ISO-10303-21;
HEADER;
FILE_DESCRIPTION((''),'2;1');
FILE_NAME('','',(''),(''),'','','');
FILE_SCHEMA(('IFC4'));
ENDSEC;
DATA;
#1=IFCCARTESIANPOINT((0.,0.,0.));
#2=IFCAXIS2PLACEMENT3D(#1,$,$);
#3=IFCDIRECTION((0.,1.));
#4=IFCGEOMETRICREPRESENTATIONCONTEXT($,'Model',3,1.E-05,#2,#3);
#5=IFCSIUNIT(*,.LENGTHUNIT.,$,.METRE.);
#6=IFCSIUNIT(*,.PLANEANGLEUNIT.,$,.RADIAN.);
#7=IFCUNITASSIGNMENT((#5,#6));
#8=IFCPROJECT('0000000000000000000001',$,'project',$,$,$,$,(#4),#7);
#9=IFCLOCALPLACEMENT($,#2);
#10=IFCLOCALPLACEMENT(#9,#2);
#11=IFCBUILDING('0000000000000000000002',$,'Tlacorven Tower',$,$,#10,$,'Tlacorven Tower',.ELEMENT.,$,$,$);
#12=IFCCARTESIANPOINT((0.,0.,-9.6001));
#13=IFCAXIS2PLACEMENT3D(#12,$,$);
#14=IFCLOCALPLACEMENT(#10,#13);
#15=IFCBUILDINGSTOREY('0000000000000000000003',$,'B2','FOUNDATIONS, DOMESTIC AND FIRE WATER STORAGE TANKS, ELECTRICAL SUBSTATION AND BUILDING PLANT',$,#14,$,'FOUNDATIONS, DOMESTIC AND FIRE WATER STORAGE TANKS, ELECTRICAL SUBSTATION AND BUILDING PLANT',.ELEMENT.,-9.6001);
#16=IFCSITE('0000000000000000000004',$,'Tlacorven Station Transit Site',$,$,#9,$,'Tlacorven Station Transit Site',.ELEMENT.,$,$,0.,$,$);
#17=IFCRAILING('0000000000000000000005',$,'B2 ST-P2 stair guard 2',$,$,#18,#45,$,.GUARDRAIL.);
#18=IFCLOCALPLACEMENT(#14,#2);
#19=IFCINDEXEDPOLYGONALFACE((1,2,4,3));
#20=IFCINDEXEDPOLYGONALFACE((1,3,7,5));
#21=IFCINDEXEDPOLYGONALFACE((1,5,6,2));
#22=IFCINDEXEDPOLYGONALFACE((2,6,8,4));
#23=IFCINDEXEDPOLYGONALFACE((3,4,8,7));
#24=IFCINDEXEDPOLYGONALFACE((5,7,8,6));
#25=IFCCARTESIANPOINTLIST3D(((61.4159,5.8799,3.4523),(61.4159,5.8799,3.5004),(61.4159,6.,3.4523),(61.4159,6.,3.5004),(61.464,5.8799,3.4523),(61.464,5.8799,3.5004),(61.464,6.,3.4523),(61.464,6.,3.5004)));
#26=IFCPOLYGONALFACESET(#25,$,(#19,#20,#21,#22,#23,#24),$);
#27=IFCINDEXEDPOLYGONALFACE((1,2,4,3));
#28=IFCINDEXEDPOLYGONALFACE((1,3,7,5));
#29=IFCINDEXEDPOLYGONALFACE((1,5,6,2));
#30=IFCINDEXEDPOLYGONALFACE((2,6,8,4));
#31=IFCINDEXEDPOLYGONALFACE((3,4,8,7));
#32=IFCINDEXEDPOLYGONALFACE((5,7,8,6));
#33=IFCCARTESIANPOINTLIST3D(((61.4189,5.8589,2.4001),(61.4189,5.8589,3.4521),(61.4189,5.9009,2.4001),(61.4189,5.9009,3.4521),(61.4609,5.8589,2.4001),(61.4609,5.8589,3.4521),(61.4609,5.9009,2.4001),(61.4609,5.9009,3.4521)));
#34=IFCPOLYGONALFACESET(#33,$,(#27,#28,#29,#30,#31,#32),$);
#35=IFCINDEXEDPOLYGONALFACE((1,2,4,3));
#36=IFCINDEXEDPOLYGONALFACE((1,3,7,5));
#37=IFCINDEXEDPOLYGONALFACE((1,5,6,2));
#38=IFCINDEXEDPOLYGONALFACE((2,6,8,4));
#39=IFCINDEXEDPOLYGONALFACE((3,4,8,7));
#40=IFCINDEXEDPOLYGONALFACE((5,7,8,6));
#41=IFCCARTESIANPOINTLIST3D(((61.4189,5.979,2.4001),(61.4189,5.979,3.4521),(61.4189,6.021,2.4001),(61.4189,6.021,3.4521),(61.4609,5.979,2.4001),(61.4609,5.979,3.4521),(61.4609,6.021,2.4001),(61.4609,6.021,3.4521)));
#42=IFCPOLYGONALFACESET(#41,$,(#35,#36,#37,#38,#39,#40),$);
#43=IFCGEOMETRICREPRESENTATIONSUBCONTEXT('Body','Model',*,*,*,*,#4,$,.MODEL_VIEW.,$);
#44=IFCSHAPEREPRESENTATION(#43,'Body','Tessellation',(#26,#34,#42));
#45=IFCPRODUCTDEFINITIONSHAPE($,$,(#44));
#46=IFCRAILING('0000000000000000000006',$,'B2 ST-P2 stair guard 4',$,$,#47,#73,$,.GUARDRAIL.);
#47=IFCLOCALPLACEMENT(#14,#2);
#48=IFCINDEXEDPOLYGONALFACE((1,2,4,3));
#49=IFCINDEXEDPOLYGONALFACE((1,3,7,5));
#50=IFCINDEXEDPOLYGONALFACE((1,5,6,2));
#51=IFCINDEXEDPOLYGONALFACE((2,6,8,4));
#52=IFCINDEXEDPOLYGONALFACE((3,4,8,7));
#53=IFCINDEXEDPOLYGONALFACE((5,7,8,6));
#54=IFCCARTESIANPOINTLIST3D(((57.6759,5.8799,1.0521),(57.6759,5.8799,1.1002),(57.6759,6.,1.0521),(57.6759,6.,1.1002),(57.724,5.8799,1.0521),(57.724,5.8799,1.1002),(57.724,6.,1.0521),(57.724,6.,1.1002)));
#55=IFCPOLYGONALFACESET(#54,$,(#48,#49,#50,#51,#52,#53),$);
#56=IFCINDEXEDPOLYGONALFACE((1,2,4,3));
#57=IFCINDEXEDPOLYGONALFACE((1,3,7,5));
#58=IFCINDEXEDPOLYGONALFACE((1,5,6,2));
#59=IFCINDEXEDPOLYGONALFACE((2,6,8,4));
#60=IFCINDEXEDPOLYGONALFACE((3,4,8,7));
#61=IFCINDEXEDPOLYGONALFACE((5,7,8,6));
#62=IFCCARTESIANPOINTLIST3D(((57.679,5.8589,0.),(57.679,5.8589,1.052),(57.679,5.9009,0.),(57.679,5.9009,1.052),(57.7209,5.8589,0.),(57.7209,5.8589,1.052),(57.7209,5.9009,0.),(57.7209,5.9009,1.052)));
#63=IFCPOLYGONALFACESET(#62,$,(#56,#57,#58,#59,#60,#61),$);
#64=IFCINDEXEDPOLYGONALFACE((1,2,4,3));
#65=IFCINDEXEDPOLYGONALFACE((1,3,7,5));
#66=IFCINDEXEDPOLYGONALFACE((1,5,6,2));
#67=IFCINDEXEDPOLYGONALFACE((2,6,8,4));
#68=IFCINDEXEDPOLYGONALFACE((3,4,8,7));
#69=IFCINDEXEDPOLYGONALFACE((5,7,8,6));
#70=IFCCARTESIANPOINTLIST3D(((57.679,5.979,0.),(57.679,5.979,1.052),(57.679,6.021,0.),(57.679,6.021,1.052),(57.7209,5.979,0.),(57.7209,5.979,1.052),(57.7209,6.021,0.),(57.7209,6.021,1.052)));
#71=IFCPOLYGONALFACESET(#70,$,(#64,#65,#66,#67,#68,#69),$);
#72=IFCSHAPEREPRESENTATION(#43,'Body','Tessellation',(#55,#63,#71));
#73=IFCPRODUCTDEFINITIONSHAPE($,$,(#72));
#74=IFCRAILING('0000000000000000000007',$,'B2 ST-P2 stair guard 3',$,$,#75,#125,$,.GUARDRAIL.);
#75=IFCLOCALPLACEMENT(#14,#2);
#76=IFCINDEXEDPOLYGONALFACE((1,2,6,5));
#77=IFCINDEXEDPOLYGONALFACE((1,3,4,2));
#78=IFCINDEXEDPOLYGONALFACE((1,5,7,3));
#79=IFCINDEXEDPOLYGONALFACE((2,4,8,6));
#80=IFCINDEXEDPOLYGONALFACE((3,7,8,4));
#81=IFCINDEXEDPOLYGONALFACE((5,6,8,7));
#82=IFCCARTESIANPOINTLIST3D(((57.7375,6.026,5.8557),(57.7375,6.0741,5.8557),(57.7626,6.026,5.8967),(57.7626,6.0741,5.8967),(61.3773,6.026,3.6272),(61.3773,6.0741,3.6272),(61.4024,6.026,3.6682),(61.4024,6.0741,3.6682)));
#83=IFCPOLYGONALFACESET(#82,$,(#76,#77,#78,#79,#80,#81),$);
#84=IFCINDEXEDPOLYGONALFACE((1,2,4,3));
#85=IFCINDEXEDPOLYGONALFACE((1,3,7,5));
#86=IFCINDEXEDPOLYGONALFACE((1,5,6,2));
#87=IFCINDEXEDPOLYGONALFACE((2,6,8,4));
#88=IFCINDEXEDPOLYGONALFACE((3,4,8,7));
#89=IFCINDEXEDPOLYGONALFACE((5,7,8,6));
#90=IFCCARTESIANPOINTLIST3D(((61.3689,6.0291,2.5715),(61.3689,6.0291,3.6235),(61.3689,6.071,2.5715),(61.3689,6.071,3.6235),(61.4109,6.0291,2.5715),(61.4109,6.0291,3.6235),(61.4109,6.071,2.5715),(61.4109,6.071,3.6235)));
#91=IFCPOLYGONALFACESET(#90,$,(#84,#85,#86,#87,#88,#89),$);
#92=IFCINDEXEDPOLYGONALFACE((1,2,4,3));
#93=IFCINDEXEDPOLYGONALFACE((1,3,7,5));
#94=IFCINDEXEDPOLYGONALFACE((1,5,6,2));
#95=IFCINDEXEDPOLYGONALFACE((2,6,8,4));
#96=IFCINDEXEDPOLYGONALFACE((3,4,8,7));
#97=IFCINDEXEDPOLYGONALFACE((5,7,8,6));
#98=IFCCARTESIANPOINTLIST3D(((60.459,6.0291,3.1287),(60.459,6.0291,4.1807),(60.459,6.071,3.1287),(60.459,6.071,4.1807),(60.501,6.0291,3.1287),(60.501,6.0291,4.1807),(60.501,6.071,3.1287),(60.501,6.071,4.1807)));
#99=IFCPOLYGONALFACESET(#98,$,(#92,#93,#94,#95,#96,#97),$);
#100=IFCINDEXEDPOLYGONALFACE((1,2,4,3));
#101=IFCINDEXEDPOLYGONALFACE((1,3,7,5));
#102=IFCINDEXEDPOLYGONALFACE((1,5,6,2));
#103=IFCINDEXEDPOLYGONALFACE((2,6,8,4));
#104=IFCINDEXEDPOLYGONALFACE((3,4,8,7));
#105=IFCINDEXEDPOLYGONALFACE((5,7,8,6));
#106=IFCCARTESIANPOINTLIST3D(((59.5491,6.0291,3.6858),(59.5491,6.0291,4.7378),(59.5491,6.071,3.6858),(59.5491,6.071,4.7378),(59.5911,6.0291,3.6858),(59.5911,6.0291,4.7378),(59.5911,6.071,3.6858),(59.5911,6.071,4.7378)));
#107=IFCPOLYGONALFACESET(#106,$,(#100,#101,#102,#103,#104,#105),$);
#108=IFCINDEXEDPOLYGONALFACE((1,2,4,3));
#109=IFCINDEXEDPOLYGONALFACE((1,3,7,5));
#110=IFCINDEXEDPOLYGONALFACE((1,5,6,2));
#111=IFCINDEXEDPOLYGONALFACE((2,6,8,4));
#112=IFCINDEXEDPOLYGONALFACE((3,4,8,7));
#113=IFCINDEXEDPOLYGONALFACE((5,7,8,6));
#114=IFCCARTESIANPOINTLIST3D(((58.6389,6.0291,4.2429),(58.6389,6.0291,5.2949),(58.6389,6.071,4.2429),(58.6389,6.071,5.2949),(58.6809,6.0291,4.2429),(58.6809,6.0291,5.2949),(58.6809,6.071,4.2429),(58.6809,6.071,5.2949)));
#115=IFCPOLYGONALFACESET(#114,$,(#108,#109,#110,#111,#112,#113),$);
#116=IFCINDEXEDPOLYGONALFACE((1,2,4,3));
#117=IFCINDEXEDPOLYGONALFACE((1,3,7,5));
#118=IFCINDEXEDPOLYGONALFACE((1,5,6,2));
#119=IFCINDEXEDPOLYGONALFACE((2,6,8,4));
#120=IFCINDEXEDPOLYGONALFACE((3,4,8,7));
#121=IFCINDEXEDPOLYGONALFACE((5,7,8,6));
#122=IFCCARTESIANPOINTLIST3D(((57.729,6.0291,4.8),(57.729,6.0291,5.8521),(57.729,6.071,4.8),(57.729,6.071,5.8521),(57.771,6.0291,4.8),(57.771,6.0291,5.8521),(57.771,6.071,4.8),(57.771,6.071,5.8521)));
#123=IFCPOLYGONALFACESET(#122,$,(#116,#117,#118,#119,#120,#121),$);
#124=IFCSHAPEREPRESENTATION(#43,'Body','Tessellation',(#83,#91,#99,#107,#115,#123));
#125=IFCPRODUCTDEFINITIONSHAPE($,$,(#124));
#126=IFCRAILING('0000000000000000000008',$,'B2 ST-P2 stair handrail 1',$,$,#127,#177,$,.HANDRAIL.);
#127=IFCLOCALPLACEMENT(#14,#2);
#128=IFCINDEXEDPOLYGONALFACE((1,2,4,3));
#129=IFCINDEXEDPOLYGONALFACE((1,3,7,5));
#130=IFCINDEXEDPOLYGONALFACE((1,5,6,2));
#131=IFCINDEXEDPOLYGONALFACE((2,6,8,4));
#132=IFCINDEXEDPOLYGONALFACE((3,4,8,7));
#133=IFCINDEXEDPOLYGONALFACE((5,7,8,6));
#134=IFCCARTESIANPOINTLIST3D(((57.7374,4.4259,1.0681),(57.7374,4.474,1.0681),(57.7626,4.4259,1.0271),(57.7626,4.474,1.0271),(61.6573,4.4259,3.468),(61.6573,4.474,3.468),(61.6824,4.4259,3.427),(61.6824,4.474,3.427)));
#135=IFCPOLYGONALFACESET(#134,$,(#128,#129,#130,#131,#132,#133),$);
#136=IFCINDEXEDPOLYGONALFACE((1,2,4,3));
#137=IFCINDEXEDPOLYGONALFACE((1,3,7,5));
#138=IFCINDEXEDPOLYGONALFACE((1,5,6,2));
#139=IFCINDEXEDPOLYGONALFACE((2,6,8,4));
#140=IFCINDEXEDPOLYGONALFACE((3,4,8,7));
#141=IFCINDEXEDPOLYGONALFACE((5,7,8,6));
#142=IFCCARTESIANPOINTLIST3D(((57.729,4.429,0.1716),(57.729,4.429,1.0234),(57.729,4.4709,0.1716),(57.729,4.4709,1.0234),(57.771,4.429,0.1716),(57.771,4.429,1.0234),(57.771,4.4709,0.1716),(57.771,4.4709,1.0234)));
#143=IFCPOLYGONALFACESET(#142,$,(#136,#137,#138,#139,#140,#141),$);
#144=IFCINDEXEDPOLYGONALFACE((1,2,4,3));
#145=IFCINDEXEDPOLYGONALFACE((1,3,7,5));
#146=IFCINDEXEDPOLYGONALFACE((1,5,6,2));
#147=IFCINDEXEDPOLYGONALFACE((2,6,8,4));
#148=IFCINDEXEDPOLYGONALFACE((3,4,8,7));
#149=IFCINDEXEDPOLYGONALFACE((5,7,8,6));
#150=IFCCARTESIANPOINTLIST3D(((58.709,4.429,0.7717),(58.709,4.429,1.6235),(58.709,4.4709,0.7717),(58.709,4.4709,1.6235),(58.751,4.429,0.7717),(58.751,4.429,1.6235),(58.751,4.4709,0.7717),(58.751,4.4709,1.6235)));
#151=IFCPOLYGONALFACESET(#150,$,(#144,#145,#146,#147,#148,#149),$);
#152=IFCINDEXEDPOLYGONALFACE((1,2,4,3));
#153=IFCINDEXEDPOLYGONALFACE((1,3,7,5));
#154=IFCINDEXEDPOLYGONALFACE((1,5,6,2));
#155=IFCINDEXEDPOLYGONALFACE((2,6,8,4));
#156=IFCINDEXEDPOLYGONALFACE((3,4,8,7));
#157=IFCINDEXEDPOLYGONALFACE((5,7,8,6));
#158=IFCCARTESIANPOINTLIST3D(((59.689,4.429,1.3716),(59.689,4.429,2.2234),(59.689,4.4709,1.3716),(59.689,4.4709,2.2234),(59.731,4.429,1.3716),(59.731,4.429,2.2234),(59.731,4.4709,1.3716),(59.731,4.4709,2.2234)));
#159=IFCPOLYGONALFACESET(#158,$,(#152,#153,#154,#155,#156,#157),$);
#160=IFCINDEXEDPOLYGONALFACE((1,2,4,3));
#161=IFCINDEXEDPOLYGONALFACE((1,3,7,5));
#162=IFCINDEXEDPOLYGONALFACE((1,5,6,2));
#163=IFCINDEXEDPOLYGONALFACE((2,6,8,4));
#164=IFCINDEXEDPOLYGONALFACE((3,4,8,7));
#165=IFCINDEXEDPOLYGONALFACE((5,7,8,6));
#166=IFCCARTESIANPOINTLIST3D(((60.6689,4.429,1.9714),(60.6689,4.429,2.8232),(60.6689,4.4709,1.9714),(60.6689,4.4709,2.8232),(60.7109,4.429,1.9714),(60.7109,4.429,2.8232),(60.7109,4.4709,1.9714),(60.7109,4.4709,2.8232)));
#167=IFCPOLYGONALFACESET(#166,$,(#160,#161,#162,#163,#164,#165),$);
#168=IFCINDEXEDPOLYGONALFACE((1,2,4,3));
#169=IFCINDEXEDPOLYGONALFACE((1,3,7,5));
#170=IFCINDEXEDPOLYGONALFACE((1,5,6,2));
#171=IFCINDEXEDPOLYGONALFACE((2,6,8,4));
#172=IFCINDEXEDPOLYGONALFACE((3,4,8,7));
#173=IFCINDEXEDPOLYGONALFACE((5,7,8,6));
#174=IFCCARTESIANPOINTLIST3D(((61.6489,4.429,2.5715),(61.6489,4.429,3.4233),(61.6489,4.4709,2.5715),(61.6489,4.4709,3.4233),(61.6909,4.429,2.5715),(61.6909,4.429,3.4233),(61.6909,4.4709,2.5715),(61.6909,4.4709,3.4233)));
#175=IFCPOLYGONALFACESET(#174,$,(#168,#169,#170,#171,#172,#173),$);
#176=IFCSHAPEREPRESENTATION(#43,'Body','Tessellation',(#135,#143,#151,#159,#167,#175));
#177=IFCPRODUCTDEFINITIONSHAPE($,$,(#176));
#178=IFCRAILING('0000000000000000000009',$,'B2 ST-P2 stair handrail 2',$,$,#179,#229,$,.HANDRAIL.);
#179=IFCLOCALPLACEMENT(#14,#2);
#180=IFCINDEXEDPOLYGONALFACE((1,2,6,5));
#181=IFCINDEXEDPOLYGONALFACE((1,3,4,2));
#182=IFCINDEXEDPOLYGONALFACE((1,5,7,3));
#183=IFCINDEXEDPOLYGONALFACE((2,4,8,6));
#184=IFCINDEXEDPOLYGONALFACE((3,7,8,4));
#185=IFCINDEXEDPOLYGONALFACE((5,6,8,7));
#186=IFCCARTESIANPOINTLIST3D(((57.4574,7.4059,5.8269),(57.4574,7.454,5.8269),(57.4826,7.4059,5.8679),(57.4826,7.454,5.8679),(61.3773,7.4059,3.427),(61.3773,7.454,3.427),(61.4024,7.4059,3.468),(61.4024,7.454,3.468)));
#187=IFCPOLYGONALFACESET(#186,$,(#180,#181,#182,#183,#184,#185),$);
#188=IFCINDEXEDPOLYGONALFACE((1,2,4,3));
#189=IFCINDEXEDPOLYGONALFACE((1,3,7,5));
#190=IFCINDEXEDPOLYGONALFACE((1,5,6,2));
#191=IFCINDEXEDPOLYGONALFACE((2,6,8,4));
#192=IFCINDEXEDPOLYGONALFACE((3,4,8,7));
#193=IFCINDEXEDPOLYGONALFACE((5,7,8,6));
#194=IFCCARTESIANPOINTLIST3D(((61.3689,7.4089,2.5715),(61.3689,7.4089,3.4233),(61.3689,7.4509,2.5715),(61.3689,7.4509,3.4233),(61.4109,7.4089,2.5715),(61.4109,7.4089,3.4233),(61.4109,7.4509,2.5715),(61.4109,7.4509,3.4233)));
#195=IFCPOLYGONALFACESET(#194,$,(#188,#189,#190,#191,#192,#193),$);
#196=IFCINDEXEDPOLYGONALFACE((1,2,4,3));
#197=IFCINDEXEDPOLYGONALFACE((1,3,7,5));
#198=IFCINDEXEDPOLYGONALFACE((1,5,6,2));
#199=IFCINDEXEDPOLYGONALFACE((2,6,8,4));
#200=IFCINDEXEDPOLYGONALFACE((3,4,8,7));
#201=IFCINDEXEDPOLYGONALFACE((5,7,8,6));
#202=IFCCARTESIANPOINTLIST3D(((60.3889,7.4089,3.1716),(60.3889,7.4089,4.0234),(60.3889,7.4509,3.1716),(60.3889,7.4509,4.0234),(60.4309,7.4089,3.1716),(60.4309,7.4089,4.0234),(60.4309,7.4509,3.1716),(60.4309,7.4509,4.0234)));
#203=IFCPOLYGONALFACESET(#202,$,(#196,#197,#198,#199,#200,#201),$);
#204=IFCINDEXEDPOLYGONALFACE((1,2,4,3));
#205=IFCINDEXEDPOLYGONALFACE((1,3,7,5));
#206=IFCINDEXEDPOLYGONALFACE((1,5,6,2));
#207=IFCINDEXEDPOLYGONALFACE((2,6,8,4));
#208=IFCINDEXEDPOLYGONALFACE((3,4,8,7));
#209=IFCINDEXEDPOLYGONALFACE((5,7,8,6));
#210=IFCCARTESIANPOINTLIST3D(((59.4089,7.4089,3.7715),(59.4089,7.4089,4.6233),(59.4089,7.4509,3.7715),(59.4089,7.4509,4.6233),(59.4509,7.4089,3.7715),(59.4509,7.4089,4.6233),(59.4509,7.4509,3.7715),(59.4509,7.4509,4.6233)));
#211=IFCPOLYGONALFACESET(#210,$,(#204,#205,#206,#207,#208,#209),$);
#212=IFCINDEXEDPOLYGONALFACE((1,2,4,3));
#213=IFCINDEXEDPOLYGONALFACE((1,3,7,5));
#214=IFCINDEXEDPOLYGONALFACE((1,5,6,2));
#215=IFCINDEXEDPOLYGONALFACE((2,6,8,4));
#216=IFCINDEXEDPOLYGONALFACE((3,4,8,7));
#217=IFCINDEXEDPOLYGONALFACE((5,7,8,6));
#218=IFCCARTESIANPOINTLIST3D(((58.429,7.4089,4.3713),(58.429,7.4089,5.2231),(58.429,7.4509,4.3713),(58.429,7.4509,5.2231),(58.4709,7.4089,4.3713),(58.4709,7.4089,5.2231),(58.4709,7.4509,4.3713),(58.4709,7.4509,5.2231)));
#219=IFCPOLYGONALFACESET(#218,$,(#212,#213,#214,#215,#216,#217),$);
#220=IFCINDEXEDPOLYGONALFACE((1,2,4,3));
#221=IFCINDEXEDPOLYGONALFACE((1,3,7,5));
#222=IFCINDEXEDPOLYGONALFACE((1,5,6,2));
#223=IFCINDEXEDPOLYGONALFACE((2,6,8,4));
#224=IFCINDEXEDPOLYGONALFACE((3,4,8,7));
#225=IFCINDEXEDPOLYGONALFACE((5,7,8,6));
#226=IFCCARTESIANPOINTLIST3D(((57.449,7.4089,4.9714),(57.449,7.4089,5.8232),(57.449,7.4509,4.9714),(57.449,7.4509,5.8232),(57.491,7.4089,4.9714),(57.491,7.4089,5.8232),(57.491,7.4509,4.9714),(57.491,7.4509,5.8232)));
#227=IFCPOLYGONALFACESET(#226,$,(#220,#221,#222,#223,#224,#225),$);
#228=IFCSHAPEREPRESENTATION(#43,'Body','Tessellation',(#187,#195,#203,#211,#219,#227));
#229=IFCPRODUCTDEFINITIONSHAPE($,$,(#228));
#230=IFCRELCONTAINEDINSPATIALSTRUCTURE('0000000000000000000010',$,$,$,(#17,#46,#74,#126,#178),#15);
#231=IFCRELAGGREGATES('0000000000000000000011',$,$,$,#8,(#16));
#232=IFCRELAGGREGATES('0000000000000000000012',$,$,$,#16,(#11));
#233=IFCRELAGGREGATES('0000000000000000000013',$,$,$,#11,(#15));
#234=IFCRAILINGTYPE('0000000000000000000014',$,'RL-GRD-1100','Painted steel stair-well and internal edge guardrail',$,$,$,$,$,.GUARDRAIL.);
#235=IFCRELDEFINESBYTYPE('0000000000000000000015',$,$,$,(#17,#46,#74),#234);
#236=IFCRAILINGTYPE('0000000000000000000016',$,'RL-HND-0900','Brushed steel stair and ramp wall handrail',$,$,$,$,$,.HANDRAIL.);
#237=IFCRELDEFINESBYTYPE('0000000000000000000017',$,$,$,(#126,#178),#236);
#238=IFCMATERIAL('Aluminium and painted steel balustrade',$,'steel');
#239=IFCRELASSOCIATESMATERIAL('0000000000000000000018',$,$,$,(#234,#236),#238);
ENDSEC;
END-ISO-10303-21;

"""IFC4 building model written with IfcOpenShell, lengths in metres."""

from ifc_helpers import new_model, si_unit, direction, frame, origin, origin_2d, place, context, subcontext, project, spatial, rectangle, extrude, source, transform, mapped, material, type_object, element, save


model = new_model("IFC4")

# Units and contexts
model_context = context("Model", 3, precision=1e-05, world=origin(), true_north=direction((0.0, 1.0)))
body_context = subcontext(model_context, "Body", "Model", "MODEL_VIEW")
ifc_project = project(units=[si_unit("LENGTHUNIT", "METRE"), si_unit("PLANEANGLEUNIT", "RADIAN")], contexts=[model_context])

# Site, building, storey
site_placement = place(None, origin())
site = spatial("IfcSite", under=ifc_project, at=site_placement, Name="Tlacorven Station Transit Site", LongName="Tlacorven Station Transit Site", CompositionType="ELEMENT", RefElevation=0.0)
building_placement = place(site_placement, origin())
building = spatial("IfcBuilding", under=site, at=building_placement, Name="Tlacorven Tower", LongName="Tlacorven Tower", CompositionType="ELEMENT")
storey_placement = place(building_placement, frame((0.0, 0.0, -9.6001)))
storey = spatial("IfcBuildingStorey", under=building, at=storey_placement, Name="B2", Description="FOUNDATIONS, DOMESTIC AND FIRE WATER STORAGE TANKS, ELECTRICAL SUBSTATION AND BUILDING PLANT", LongName="FOUNDATIONS, DOMESTIC AND FIRE WATER STORAGE TANKS, ELECTRICAL SUBSTATION AND BUILDING PLANT", CompositionType="ELEMENT", Elevation=-9.6001)

# Railings
ifc_material_1 = material(Name="Aluminium and painted steel balustrade", Category="steel")
railing_type_1 = type_object("IfcRailingType", Name="RL-GRD-1100", Description="Painted steel stair-well and internal edge guardrail", PredefinedType="GUARDRAIL", material=ifc_material_1)
railing_type_2 = type_object("IfcRailingType", Name="RL-HND-0900", Description="Brushed steel stair and ramp wall handrail", PredefinedType="HANDRAIL", material=ifc_material_1)
shared_shape_1 = source(origin(), body_context, "Body", "SweptSolid", [
    extrude(rectangle(XDim=0.0481, YDim=0.0481, at=origin_2d()), frame((0.0, 0.0, 1.0762), z_axis=(0.0, 1.0, 0.0), x_axis=(-1.0, 0.0, 0.0)), (0.0, 0.0, 1.0), 0.1201),
    extrude(rectangle(XDim=0.042, YDim=0.042, at=origin_2d()), origin(), (0.0, 0.0, 1.0), 1.052),
    extrude(rectangle(XDim=0.042, YDim=0.042, at=origin_2d()), frame((0.0, 0.1201, 0.0)), (0.0, 0.0, 1.0), 1.052),
])
for number, where, name in (
    (1, (61.4399, 5.8799, 2.4001), "B2 ST-P2 stair guard 2"),
    (2, (57.7, 5.8799, 0.0), "B2 ST-P2 stair guard 4"),
):
    element("IfcRailing", number, at=place(storey_placement, frame(where)), inside=storey, type_object=railing_type_1, Name=name, PredefinedType="GUARDRAIL", context=body_context, shape_type="MappedRepresentation", body=[
        mapped(shared_shape_1, transform((0.0, 0.0, 0.0), scale=1.0)),
    ])
shared_shape_2 = source(origin(), body_context, "Body", "SweptSolid", [
    extrude(rectangle(XDim=0.0481, YDim=0.0481, at=origin_2d()), frame((0.0, 0.0, 1.0762), z_axis=(-0.85285, 0.0, 0.522156), x_axis=(0.0, -1.0, 0.0)), (0.0, 0.0, 1.0), 4.2678),
    extrude(rectangle(XDim=0.042, YDim=0.042, at=origin_2d()), origin(), (0.0, 0.0, 1.0), 1.052),
    extrude(rectangle(XDim=0.042, YDim=0.042, at=origin_2d()), frame((-0.9099, 0.0, 0.5571)), (0.0, 0.0, 1.0), 1.052),
    extrude(rectangle(XDim=0.042, YDim=0.042, at=origin_2d()), frame((-1.8198, 0.0, 1.1143)), (0.0, 0.0, 1.0), 1.052),
    extrude(rectangle(XDim=0.042, YDim=0.042, at=origin_2d()), frame((-2.73, 0.0, 1.6714)), (0.0, 0.0, 1.0), 1.052),
    extrude(rectangle(XDim=0.042, YDim=0.042, at=origin_2d()), frame((-3.6399, 0.0, 2.2285)), (0.0, 0.0, 1.0), 1.052),
])
railing_1_placement = place(storey_placement, frame((61.3899, 6.05, 2.5715)))
element("IfcRailing", 3, at=railing_1_placement, inside=storey, type_object=railing_type_1, Name="B2 ST-P2 stair guard 3", PredefinedType="GUARDRAIL", context=body_context, shape_type="MappedRepresentation", body=[
    mapped(shared_shape_2, transform((0.0, 0.0, 0.0), scale=1.0)),
])
shared_shape_3 = source(origin(), body_context, "Body", "SweptSolid", [
    extrude(rectangle(XDim=0.0481, YDim=0.0481, at=origin_2d()), frame((0.0, 0.0, 0.876), z_axis=(0.852856, 0.0, 0.522146), x_axis=(0.0, 1.0, 0.0)), (0.0, 0.0, 1.0), 4.5962),
    extrude(rectangle(XDim=0.042, YDim=0.042, at=origin_2d()), origin(), (0.0, 0.0, 1.0), 0.8518),
    extrude(rectangle(XDim=0.042, YDim=0.042, at=origin_2d()), frame((0.98, 0.0, 0.6001)), (0.0, 0.0, 1.0), 0.8518),
    extrude(rectangle(XDim=0.042, YDim=0.042, at=origin_2d()), frame((1.96, 0.0, 1.2)), (0.0, 0.0, 1.0), 0.8518),
    extrude(rectangle(XDim=0.042, YDim=0.042, at=origin_2d()), frame((2.9399, 0.0, 1.7998)), (0.0, 0.0, 1.0), 0.8518),
    extrude(rectangle(XDim=0.042, YDim=0.042, at=origin_2d()), frame((3.9199, 0.0, 2.3999)), (0.0, 0.0, 1.0), 0.8518),
])
railing_2_placement = place(storey_placement, frame((57.75, 4.45, 0.1716)))
element("IfcRailing", 4, at=railing_2_placement, inside=storey, type_object=railing_type_2, Name="B2 ST-P2 stair handrail 1", PredefinedType="HANDRAIL", context=body_context, shape_type="MappedRepresentation", body=[
    mapped(shared_shape_3, transform((0.0, 0.0, 0.0), scale=1.0)),
])
shared_shape_4 = source(origin(), body_context, "Body", "SweptSolid", [
    extrude(rectangle(XDim=0.0481, YDim=0.0481, at=origin_2d()), frame((0.0, 0.0, 0.876), z_axis=(-0.852856, 0.0, 0.522146), x_axis=(0.0, -1.0, 0.0)), (0.0, 0.0, 1.0), 4.5962),
    extrude(rectangle(XDim=0.042, YDim=0.042, at=origin_2d()), origin(), (0.0, 0.0, 1.0), 0.8518),
    extrude(rectangle(XDim=0.042, YDim=0.042, at=origin_2d()), frame((-0.98, 0.0, 0.6001)), (0.0, 0.0, 1.0), 0.8518),
    extrude(rectangle(XDim=0.042, YDim=0.042, at=origin_2d()), frame((-1.96, 0.0, 1.2)), (0.0, 0.0, 1.0), 0.8518),
    extrude(rectangle(XDim=0.042, YDim=0.042, at=origin_2d()), frame((-2.9399, 0.0, 1.7998)), (0.0, 0.0, 1.0), 0.8518),
    extrude(rectangle(XDim=0.042, YDim=0.042, at=origin_2d()), frame((-3.9199, 0.0, 2.3999)), (0.0, 0.0, 1.0), 0.8518),
])
railing_3_placement = place(storey_placement, frame((61.3899, 7.4299, 2.5715)))
element("IfcRailing", 5, at=railing_3_placement, inside=storey, type_object=railing_type_2, Name="B2 ST-P2 stair handrail 2", PredefinedType="HANDRAIL", context=body_context, shape_type="MappedRepresentation", body=[
    mapped(shared_shape_4, transform((0.0, 0.0, 0.0), scale=1.0)),
])

save(model, "model.ifc")
